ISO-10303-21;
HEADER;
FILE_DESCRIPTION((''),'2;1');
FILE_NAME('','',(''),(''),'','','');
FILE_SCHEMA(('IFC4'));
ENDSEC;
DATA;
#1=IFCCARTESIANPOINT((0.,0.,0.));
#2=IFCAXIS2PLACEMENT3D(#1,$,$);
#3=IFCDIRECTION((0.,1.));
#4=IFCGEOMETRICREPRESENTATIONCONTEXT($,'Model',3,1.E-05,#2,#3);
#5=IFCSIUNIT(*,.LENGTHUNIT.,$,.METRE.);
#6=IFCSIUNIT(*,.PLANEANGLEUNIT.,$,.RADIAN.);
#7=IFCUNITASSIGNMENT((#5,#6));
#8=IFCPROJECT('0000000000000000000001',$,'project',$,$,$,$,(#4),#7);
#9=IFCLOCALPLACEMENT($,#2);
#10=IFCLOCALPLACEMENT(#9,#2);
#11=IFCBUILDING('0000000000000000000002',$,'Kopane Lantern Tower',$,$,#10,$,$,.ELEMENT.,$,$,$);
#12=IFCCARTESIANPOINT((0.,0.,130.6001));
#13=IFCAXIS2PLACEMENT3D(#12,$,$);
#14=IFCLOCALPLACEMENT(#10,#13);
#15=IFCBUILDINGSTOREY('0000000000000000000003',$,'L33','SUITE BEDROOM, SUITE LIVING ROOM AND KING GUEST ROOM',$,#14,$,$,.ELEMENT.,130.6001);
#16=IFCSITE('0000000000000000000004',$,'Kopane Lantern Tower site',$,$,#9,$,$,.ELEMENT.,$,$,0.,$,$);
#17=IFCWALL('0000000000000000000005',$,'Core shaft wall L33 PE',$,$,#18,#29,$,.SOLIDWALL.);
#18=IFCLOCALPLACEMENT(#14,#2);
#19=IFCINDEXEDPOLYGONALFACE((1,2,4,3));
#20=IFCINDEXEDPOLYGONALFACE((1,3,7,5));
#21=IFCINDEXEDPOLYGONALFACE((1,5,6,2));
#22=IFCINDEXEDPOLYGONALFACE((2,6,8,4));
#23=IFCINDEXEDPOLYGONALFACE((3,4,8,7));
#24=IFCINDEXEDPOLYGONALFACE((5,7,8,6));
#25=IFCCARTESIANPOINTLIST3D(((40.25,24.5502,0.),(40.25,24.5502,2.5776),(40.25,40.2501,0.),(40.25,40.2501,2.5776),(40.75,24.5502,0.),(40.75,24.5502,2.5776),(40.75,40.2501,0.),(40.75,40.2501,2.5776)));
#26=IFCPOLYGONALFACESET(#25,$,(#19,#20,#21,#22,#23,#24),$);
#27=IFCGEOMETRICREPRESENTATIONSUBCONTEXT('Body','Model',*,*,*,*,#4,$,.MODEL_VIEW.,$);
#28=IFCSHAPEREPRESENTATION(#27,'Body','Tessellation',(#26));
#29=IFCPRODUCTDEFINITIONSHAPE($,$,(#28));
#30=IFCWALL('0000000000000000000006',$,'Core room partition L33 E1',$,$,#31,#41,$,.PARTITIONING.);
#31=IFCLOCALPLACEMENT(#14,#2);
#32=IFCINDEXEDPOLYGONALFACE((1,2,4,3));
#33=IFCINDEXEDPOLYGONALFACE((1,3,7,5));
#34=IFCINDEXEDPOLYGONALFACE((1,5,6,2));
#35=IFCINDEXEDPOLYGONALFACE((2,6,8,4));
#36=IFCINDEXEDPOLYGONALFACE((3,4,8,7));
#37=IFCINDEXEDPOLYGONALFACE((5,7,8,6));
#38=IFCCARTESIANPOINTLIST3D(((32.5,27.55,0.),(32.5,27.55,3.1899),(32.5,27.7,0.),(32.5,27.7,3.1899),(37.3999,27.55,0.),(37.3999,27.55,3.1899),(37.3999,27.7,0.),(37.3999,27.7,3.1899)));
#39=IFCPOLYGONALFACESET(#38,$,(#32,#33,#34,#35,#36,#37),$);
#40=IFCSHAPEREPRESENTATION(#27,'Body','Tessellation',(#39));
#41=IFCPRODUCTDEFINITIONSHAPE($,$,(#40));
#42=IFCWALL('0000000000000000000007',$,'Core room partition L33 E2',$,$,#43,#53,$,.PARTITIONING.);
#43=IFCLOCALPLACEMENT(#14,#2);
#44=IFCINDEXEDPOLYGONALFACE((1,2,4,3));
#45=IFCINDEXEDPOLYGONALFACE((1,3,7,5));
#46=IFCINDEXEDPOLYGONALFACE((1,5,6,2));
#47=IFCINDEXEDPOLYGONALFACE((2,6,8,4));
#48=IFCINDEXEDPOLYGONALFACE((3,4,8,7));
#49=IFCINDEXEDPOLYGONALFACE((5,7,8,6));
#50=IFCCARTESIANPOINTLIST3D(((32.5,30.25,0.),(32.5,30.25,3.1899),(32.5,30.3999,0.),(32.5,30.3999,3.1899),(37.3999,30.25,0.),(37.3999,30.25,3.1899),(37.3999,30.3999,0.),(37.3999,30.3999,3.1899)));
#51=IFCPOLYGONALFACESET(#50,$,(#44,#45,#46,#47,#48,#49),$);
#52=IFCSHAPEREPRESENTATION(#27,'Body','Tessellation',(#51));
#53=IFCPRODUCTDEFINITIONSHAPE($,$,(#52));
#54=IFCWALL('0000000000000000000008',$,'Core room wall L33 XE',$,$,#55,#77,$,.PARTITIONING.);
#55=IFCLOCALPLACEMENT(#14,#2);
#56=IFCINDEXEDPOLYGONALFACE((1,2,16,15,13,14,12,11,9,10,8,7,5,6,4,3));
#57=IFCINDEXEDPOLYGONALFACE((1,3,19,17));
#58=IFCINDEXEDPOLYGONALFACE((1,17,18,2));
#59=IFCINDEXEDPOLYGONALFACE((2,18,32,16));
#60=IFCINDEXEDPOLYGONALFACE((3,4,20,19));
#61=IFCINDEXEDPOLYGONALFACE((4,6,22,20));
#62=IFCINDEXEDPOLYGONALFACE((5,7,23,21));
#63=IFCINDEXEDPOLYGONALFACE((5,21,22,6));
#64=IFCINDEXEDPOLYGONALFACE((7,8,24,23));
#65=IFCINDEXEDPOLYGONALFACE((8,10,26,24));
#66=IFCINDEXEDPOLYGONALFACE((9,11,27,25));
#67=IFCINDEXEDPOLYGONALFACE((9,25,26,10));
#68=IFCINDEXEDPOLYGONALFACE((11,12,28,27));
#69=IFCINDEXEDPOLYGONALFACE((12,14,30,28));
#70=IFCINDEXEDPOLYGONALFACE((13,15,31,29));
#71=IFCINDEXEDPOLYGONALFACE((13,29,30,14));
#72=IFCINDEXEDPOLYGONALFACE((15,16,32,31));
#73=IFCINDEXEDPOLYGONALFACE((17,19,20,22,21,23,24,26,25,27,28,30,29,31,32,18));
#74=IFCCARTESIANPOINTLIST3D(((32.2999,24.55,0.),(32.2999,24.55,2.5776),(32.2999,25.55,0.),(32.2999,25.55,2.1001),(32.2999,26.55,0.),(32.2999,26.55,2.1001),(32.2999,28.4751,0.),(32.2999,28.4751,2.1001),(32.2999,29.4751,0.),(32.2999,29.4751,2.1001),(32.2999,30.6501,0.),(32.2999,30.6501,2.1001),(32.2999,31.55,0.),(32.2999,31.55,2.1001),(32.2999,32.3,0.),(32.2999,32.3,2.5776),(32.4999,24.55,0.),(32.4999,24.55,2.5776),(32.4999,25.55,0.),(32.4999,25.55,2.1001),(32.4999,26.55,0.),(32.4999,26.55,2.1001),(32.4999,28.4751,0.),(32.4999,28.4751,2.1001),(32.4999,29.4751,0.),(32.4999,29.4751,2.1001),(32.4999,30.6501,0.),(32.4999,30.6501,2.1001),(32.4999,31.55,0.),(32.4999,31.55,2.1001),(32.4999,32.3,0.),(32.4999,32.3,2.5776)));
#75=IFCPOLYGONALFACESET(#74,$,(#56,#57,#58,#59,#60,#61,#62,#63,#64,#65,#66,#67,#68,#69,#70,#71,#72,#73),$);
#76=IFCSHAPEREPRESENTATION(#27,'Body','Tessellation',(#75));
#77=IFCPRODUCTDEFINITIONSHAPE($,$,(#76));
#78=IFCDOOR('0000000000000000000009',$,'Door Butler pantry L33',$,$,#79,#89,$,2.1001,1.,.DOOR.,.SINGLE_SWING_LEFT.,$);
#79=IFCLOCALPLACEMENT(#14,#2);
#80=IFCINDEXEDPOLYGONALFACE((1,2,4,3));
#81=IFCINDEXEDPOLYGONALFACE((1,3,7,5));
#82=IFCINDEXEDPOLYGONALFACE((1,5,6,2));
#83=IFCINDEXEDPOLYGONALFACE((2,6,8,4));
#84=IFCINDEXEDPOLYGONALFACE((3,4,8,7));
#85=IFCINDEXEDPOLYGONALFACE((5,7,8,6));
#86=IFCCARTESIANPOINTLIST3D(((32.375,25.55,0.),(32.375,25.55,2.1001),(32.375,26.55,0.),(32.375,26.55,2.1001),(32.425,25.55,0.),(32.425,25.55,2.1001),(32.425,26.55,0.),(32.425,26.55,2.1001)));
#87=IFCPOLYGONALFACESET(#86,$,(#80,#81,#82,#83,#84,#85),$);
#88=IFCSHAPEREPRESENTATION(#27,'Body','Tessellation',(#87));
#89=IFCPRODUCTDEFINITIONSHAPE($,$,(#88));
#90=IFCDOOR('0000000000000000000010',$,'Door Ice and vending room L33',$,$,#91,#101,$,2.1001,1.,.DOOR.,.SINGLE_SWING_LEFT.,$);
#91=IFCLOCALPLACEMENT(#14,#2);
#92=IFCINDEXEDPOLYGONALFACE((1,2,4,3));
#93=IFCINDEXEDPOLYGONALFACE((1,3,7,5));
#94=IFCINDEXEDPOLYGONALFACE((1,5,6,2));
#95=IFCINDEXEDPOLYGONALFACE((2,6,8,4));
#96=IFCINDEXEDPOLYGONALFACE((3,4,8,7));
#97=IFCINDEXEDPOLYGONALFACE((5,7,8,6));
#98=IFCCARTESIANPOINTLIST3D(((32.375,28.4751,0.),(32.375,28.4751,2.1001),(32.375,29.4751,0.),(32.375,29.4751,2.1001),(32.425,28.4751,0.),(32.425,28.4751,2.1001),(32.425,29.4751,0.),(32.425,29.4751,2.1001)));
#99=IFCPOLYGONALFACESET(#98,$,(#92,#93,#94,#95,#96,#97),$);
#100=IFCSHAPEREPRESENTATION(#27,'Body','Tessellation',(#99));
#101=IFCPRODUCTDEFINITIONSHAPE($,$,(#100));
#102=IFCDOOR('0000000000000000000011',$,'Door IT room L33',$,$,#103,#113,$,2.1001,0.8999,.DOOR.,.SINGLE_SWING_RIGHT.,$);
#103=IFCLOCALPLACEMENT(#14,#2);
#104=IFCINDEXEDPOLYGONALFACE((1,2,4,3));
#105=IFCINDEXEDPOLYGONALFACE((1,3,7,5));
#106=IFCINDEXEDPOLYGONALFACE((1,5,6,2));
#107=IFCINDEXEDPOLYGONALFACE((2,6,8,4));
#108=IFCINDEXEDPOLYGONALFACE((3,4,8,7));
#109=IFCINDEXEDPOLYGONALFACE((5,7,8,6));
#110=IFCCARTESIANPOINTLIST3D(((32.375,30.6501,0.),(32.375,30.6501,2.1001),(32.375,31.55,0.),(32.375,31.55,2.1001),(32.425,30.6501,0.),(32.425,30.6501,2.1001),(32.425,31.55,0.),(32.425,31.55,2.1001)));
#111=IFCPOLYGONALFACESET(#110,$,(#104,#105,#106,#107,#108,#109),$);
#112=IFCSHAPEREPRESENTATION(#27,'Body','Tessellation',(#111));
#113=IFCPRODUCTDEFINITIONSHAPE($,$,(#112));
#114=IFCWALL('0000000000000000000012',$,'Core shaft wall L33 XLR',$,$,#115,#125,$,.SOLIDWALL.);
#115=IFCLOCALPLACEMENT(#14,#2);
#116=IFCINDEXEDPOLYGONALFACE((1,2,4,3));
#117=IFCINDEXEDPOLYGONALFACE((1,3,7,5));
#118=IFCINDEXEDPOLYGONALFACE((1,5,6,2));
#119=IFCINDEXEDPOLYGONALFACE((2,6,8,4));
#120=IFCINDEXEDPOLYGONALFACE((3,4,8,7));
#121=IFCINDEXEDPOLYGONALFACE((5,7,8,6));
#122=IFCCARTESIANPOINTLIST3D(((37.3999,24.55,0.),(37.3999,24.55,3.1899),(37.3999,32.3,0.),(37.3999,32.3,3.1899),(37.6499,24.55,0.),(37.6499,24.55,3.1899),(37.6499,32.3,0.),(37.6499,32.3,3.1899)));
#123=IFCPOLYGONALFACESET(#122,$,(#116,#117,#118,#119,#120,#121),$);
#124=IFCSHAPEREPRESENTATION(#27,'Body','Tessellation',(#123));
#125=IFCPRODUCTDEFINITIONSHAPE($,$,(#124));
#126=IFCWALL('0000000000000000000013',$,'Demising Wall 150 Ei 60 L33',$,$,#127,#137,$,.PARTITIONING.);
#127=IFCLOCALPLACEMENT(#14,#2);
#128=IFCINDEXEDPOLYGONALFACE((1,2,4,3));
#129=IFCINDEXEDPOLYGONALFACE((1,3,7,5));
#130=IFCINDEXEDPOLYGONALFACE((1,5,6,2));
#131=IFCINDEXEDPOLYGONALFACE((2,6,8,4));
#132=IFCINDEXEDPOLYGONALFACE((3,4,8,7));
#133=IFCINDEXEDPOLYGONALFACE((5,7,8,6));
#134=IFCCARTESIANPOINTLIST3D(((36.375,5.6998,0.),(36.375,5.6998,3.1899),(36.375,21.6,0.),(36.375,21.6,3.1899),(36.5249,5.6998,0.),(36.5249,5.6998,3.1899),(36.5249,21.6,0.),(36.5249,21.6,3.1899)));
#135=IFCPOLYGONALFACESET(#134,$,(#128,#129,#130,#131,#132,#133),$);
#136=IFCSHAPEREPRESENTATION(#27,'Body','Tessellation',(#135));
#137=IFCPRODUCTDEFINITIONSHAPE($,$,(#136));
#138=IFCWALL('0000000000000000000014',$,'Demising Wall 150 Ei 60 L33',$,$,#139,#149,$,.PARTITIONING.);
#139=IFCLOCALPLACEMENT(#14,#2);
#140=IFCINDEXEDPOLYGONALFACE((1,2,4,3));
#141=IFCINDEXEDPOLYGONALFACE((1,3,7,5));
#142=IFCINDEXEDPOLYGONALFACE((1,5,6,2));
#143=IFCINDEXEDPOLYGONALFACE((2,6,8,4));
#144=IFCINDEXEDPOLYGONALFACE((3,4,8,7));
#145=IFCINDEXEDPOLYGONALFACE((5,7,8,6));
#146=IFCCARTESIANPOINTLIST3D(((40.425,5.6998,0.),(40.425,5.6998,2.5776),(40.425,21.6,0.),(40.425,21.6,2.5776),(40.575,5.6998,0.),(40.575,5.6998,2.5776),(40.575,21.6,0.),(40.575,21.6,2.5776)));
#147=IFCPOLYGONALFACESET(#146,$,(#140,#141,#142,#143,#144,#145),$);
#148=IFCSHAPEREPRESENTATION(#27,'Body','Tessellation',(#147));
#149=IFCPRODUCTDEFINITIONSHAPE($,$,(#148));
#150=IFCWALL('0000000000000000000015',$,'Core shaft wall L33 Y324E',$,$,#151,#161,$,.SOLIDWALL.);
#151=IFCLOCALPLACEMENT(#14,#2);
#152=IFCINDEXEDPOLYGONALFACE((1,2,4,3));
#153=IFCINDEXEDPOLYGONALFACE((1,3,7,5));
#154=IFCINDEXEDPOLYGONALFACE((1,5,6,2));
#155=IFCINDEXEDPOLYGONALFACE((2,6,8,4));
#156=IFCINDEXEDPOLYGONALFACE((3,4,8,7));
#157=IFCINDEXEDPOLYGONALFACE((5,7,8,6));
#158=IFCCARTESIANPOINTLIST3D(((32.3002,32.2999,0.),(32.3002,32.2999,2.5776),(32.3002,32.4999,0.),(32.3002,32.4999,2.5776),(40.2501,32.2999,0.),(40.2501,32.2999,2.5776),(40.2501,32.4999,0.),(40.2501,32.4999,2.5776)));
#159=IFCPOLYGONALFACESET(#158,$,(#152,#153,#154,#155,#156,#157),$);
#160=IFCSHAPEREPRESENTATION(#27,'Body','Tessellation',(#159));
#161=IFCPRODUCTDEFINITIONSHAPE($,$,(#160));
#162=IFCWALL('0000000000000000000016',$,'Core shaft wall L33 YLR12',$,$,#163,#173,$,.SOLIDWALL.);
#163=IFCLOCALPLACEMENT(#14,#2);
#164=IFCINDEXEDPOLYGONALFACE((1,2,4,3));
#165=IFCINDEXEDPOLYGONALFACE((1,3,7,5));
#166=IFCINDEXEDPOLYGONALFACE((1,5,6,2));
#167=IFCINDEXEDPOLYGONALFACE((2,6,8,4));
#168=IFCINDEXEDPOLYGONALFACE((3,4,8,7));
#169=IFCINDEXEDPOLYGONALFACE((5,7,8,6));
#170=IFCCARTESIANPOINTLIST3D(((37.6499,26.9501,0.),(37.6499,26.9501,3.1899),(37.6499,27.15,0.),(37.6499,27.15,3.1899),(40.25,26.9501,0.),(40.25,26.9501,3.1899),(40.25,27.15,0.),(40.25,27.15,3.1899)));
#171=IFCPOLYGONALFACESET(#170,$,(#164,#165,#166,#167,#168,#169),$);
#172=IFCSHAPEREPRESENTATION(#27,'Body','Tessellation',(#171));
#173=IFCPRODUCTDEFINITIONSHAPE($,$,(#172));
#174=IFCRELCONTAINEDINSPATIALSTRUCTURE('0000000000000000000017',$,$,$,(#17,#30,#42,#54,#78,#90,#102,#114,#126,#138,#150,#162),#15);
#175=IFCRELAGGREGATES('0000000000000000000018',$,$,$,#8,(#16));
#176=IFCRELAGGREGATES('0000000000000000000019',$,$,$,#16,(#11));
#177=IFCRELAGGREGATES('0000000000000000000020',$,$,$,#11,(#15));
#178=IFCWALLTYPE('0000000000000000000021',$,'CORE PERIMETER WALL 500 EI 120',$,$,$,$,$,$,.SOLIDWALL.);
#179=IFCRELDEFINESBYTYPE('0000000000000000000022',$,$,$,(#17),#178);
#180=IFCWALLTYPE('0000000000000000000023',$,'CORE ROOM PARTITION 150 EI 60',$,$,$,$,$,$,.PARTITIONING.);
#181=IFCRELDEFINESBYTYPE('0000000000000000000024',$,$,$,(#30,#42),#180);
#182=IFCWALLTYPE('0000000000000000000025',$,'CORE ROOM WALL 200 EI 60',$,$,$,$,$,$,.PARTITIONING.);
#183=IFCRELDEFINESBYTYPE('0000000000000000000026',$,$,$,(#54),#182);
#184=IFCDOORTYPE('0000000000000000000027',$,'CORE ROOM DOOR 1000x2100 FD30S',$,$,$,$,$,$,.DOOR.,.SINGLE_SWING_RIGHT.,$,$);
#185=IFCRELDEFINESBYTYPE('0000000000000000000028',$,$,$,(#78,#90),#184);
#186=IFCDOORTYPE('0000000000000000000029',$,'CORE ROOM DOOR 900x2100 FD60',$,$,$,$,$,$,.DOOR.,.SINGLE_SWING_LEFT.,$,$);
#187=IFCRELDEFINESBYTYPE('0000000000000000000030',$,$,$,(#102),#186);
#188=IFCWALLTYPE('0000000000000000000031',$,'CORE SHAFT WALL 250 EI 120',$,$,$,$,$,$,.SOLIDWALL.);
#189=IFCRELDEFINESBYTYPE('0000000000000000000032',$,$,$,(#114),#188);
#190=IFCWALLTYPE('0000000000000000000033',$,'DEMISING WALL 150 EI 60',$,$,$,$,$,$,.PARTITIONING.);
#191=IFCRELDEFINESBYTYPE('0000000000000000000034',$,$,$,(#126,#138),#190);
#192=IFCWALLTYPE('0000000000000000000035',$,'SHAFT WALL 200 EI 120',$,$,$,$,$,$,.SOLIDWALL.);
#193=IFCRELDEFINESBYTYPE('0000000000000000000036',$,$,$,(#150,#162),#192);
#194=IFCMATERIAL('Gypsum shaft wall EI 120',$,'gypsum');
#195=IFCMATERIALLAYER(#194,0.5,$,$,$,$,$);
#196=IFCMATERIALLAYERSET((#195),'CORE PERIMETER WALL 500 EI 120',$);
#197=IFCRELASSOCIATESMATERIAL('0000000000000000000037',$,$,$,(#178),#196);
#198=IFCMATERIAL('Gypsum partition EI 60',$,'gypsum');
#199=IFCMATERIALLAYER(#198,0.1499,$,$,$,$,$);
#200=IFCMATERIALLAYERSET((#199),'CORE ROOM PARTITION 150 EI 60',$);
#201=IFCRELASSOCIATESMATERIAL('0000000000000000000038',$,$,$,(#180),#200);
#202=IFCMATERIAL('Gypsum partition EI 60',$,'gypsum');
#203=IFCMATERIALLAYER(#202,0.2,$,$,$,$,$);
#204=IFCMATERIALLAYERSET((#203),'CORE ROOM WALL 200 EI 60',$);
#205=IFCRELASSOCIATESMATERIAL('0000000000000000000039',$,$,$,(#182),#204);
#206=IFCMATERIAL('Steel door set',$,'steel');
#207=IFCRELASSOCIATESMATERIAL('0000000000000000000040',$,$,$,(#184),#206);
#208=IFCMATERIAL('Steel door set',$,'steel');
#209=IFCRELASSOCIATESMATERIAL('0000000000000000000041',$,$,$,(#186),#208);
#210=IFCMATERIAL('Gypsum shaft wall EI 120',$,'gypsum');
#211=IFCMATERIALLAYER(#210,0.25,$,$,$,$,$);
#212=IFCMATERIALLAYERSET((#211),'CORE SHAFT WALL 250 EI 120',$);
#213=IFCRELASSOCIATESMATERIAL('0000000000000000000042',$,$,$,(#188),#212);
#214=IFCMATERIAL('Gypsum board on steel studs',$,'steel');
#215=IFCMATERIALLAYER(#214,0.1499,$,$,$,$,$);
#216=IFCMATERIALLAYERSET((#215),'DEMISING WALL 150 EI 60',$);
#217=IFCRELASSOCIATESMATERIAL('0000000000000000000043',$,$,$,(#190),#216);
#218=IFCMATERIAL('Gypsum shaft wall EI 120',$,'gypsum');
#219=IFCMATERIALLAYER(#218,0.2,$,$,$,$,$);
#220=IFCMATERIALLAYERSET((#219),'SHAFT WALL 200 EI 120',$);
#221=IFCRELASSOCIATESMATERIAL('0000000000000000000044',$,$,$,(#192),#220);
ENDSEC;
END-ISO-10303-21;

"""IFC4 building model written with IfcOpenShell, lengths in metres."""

from ifc_helpers import new_model, si_unit, direction, frame, frame_2d, origin, place, context, subcontext, project, spatial, rectangle, extrude, material, layer, layer_set, type_object, element, fill, save


model = new_model("IFC4")

# Units and contexts
model_context = context("Model", 3, precision=1e-05, world=origin(), true_north=direction((0.0, 1.0)))
body_context = subcontext(model_context, "Body", "Model", "MODEL_VIEW")
ifc_project = project(units=[si_unit("LENGTHUNIT", "METRE"), si_unit("PLANEANGLEUNIT", "RADIAN")], contexts=[model_context])

# Site, building, storey
site_placement = place(None, origin())
site = spatial("IfcSite", under=ifc_project, at=site_placement, Name="Kopane Lantern Tower site", CompositionType="ELEMENT", RefElevation=0.0)
building_placement = place(site_placement, origin())
building = spatial("IfcBuilding", under=site, at=building_placement, Name="Kopane Lantern Tower", CompositionType="ELEMENT")
storey_placement = place(building_placement, frame((0.0, 0.0, 130.6001)))
storey = spatial("IfcBuildingStorey", under=building, at=storey_placement, Name="L33", Description="SUITE BEDROOM, SUITE LIVING ROOM AND KING GUEST ROOM", CompositionType="ELEMENT", Elevation=130.6001)

# Walls
ifc_material_1 = material(Name="Gypsum shaft wall EI 120", Category="gypsum")
ifc_layer_1 = layer(ifc_material_1, 0.5)
ifc_layer_set_1 = layer_set([ifc_layer_1], Name="CORE PERIMETER WALL 500 EI 120")
wall_type_1 = type_object("IfcWallType", Name="CORE PERIMETER WALL 500 EI 120", PredefinedType="SOLIDWALL", material=ifc_layer_set_1)
wall_1_placement = place(storey_placement, frame((40.5, 24.55, 0.0), z_axis=(0.0, 0.0, 1.0), x_axis=(0.0, 1.0, 0.0)))
element("IfcWall", 1, at=wall_1_placement, inside=storey, type_object=wall_type_1, Name="Core shaft wall L33 PE", PredefinedType="SOLIDWALL", context=body_context, shape_type="SweptSolid", body=[
    extrude(rectangle(XDim=15.7, YDim=0.5, at=frame_2d((7.8501, 0.0))), origin(), (0.0, 0.0, 1.0), 2.5776),
])
ifc_material_2 = material(Name="Gypsum partition EI 60", Category="gypsum")
ifc_layer_2 = layer(ifc_material_2, 0.1499)
ifc_layer_set_2 = layer_set([ifc_layer_2], Name="CORE ROOM PARTITION 150 EI 60")
wall_type_2 = type_object("IfcWallType", Name="CORE ROOM PARTITION 150 EI 60", PredefinedType="PARTITIONING", material=ifc_layer_set_2)
for number, where, z_axis, x_axis, name in (
    (2, (32.5, 27.625, 0.0), (0.0, 0.0, 1.0), (1.0, 0.0, 0.0), "Core room partition L33 E1"),
    (3, (32.5, 30.325, 0.0), (0.0, 0.0, 1.0), (1.0, 0.0, 0.0), "Core room partition L33 E2"),
):
    element("IfcWall", number, at=place(storey_placement, frame(where, z_axis=z_axis, x_axis=x_axis)), inside=storey, type_object=wall_type_2, Name=name, PredefinedType="PARTITIONING", context=body_context, shape_type="SweptSolid", body=[
        extrude(rectangle(XDim=4.8999, YDim=0.1499, at=frame_2d((2.45, 0.0))), origin(), (0.0, 0.0, 1.0), 3.1899),
    ])

# Wall, openings, doors
ifc_material_3 = material(Name="Gypsum partition EI 60", Category="gypsum")
ifc_layer_3 = layer(ifc_material_3, 0.2)
ifc_layer_set_3 = layer_set([ifc_layer_3], Name="CORE ROOM WALL 200 EI 60")
wall_type_3 = type_object("IfcWallType", Name="CORE ROOM WALL 200 EI 60", PredefinedType="PARTITIONING", material=ifc_layer_set_3)
wall_2_placement = place(storey_placement, frame((32.3999, 24.55, 0.0), z_axis=(0.0, 0.0, 1.0), x_axis=(0.0, 1.0, 0.0)))
wall_2 = element("IfcWall", 4, at=wall_2_placement, inside=storey, type_object=wall_type_3, Name="Core room wall L33 XE", PredefinedType="PARTITIONING", context=body_context, shape_type="SweptSolid", body=[
    extrude(rectangle(XDim=7.75, YDim=0.2, at=frame_2d((3.875, 0.0))), origin(), (0.0, 0.0, 1.0), 2.5776),
])
opening_1_placement = place(wall_2_placement, frame((1.0, 0.0, 0.0)))
opening_1 = element("IfcOpeningElement", 5, at=opening_1_placement, cuts=wall_2, PredefinedType="OPENING", context=body_context, shape_type="SweptSolid", body=[
    extrude(rectangle(XDim=1.0, YDim=2.1001, at=frame_2d((0.5, 1.05))), frame((0.0, 0.1099, 0.0), z_axis=(0.0, -1.0, 0.0), x_axis=(1.0, 0.0, 0.0)), (0.0, 0.0, 1.0), 0.22),
])
opening_2_placement = place(wall_2_placement, frame((3.925, 0.0, 0.0)))
opening_2 = element("IfcOpeningElement", 6, at=opening_2_placement, cuts=wall_2, PredefinedType="OPENING", context=body_context, shape_type="SweptSolid", body=[
    extrude(rectangle(XDim=1.0, YDim=2.1001, at=frame_2d((0.5, 1.05))), frame((0.0, 0.1099, 0.0), z_axis=(0.0, -1.0, 0.0), x_axis=(1.0, 0.0, 0.0)), (0.0, 0.0, 1.0), 0.22),
])
opening_3_placement = place(wall_2_placement, frame((6.1001, 0.0, 0.0)))
opening_3 = element("IfcOpeningElement", 7, at=opening_3_placement, cuts=wall_2, PredefinedType="OPENING", context=body_context, shape_type="SweptSolid", body=[
    extrude(rectangle(XDim=0.8999, YDim=2.1001, at=frame_2d((0.45, 1.05))), frame((0.0, 0.1099, 0.0), z_axis=(0.0, -1.0, 0.0), x_axis=(1.0, 0.0, 0.0)), (0.0, 0.0, 1.0), 0.22),
])
ifc_material_4 = material(Name="Steel door set", Category="steel")
door_type_1 = type_object("IfcDoorType", Name="CORE ROOM DOOR 1000x2100 FD30S", OperationType="SINGLE_SWING_RIGHT", PredefinedType="DOOR", material=ifc_material_4)
door_1_placement = place(opening_1_placement, origin())
door_1 = element("IfcDoor", 8, at=door_1_placement, inside=storey, type_object=door_type_1, Name="Door Butler pantry L33", OperationType="SINGLE_SWING_LEFT", OverallHeight=2.1001, OverallWidth=1.0, PredefinedType="DOOR", context=body_context, shape_type="SweptSolid", body=[
    extrude(rectangle(XDim=1.0, YDim=2.1001, at=frame_2d((0.5, 1.05))), frame((0.0, 0.0249, 0.0), z_axis=(0.0, -1.0, 0.0), x_axis=(1.0, 0.0, 0.0)), (0.0, 0.0, 1.0), 0.05),
])
fill(opening_1, door_1)
door_2_placement = place(opening_2_placement, origin())
door_2 = element("IfcDoor", 9, at=door_2_placement, inside=storey, type_object=door_type_1, Name="Door Ice and vending room L33", OperationType="SINGLE_SWING_LEFT", OverallHeight=2.1001, OverallWidth=1.0, PredefinedType="DOOR", context=body_context, shape_type="SweptSolid", body=[
    extrude(rectangle(XDim=1.0, YDim=2.1001, at=frame_2d((0.5, 1.05))), frame((0.0, 0.0249, 0.0), z_axis=(0.0, -1.0, 0.0), x_axis=(1.0, 0.0, 0.0)), (0.0, 0.0, 1.0), 0.05),
])
fill(opening_2, door_2)
ifc_material_5 = material(Name="Steel door set", Category="steel")
door_type_2 = type_object("IfcDoorType", Name="CORE ROOM DOOR 900x2100 FD60", OperationType="SINGLE_SWING_LEFT", PredefinedType="DOOR", material=ifc_material_5)
door_3_placement = place(opening_3_placement, origin())
door_3 = element("IfcDoor", 10, at=door_3_placement, inside=storey, type_object=door_type_2, Name="Door IT room L33", OperationType="SINGLE_SWING_RIGHT", OverallHeight=2.1001, OverallWidth=0.8999, PredefinedType="DOOR", context=body_context, shape_type="SweptSolid", body=[
    extrude(rectangle(XDim=0.8999, YDim=2.1001, at=frame_2d((0.45, 1.05))), frame((0.0, 0.0249, 0.0), z_axis=(0.0, -1.0, 0.0), x_axis=(1.0, 0.0, 0.0)), (0.0, 0.0, 1.0), 0.05),
])
fill(opening_3, door_3)

# Walls
ifc_material_6 = material(Name="Gypsum shaft wall EI 120", Category="gypsum")
ifc_layer_4 = layer(ifc_material_6, 0.25)
ifc_layer_set_4 = layer_set([ifc_layer_4], Name="CORE SHAFT WALL 250 EI 120")
wall_type_4 = type_object("IfcWallType", Name="CORE SHAFT WALL 250 EI 120", PredefinedType="SOLIDWALL", material=ifc_layer_set_4)
wall_3_placement = place(storey_placement, frame((37.5249, 24.55, 0.0), z_axis=(0.0, 0.0, 1.0), x_axis=(0.0, 1.0, 0.0)))
element("IfcWall", 11, at=wall_3_placement, inside=storey, type_object=wall_type_4, Name="Core shaft wall L33 XLR", PredefinedType="SOLIDWALL", context=body_context, shape_type="SweptSolid", body=[
    extrude(rectangle(XDim=7.75, YDim=0.25, at=frame_2d((3.875, 0.0))), origin(), (0.0, 0.0, 1.0), 3.1899),
])
ifc_material_7 = material(Name="Gypsum board on steel studs", Category="steel")
ifc_layer_5 = layer(ifc_material_7, 0.1499)
ifc_layer_set_5 = layer_set([ifc_layer_5], Name="DEMISING WALL 150 EI 60")
wall_type_5 = type_object("IfcWallType", Name="DEMISING WALL 150 EI 60", PredefinedType="PARTITIONING", material=ifc_layer_set_5)
wall_4_placement = place(storey_placement, frame((36.45, 21.6001, 0.0), z_axis=(0.0, 0.0, 1.0), x_axis=(0.0, -1.0, 0.0)))
element("IfcWall", 12, at=wall_4_placement, inside=storey, type_object=wall_type_5, Name="Demising Wall 150 Ei 60 L33", PredefinedType="PARTITIONING", context=body_context, shape_type="SweptSolid", body=[
    extrude(rectangle(XDim=15.9001, YDim=0.1499, at=frame_2d((7.9502, 0.0))), origin(), (0.0, 0.0, 1.0), 3.1899),
])
wall_5_placement = place(storey_placement, frame((40.5, 21.6001, 0.0), z_axis=(0.0, 0.0, 1.0), x_axis=(0.0, -1.0, 0.0)))
element("IfcWall", 13, at=wall_5_placement, inside=storey, type_object=wall_type_5, Name="Demising Wall 150 Ei 60 L33", PredefinedType="PARTITIONING", context=body_context, shape_type="SweptSolid", body=[
    extrude(rectangle(XDim=15.9001, YDim=0.1499, at=frame_2d((7.9502, 0.0))), origin(), (0.0, 0.0, 1.0), 2.5776),
])
ifc_material_8 = material(Name="Gypsum shaft wall EI 120", Category="gypsum")
ifc_layer_6 = layer(ifc_material_8, 0.2)
ifc_layer_set_6 = layer_set([ifc_layer_6], Name="SHAFT WALL 200 EI 120")
wall_type_6 = type_object("IfcWallType", Name="SHAFT WALL 200 EI 120", PredefinedType="SOLIDWALL", material=ifc_layer_set_6)
wall_6_placement = place(storey_placement, frame((32.3, 32.3999, 0.0), z_axis=(0.0, 0.0, 1.0), x_axis=(1.0, 0.0, 0.0)))
element("IfcWall", 14, at=wall_6_placement, inside=storey, type_object=wall_type_6, Name="Core shaft wall L33 Y324E", PredefinedType="SOLIDWALL", context=body_context, shape_type="SweptSolid", body=[
    extrude(rectangle(XDim=7.95, YDim=0.2, at=frame_2d((3.9751, 0.0))), origin(), (0.0, 0.0, 1.0), 2.5776),
])
for number, where, z_axis, x_axis, name in (
    (15, (37.6499, 27.05, 0.0), (0.0, 0.0, 1.0), (1.0, 0.0, 0.0), "Core shaft wall L33 YLR12"),
):
    element("IfcWall", number, at=place(storey_placement, frame(where, z_axis=z_axis, x_axis=x_axis)), inside=storey, type_object=wall_type_6, Name=name, PredefinedType="SOLIDWALL", context=body_context, shape_type="SweptSolid", body=[
        extrude(rectangle(XDim=2.6001, YDim=0.2, at=frame_2d((1.3, 0.0))), origin(), (0.0, 0.0, 1.0), 3.1899),
    ])

save(model, "model.ifc")
